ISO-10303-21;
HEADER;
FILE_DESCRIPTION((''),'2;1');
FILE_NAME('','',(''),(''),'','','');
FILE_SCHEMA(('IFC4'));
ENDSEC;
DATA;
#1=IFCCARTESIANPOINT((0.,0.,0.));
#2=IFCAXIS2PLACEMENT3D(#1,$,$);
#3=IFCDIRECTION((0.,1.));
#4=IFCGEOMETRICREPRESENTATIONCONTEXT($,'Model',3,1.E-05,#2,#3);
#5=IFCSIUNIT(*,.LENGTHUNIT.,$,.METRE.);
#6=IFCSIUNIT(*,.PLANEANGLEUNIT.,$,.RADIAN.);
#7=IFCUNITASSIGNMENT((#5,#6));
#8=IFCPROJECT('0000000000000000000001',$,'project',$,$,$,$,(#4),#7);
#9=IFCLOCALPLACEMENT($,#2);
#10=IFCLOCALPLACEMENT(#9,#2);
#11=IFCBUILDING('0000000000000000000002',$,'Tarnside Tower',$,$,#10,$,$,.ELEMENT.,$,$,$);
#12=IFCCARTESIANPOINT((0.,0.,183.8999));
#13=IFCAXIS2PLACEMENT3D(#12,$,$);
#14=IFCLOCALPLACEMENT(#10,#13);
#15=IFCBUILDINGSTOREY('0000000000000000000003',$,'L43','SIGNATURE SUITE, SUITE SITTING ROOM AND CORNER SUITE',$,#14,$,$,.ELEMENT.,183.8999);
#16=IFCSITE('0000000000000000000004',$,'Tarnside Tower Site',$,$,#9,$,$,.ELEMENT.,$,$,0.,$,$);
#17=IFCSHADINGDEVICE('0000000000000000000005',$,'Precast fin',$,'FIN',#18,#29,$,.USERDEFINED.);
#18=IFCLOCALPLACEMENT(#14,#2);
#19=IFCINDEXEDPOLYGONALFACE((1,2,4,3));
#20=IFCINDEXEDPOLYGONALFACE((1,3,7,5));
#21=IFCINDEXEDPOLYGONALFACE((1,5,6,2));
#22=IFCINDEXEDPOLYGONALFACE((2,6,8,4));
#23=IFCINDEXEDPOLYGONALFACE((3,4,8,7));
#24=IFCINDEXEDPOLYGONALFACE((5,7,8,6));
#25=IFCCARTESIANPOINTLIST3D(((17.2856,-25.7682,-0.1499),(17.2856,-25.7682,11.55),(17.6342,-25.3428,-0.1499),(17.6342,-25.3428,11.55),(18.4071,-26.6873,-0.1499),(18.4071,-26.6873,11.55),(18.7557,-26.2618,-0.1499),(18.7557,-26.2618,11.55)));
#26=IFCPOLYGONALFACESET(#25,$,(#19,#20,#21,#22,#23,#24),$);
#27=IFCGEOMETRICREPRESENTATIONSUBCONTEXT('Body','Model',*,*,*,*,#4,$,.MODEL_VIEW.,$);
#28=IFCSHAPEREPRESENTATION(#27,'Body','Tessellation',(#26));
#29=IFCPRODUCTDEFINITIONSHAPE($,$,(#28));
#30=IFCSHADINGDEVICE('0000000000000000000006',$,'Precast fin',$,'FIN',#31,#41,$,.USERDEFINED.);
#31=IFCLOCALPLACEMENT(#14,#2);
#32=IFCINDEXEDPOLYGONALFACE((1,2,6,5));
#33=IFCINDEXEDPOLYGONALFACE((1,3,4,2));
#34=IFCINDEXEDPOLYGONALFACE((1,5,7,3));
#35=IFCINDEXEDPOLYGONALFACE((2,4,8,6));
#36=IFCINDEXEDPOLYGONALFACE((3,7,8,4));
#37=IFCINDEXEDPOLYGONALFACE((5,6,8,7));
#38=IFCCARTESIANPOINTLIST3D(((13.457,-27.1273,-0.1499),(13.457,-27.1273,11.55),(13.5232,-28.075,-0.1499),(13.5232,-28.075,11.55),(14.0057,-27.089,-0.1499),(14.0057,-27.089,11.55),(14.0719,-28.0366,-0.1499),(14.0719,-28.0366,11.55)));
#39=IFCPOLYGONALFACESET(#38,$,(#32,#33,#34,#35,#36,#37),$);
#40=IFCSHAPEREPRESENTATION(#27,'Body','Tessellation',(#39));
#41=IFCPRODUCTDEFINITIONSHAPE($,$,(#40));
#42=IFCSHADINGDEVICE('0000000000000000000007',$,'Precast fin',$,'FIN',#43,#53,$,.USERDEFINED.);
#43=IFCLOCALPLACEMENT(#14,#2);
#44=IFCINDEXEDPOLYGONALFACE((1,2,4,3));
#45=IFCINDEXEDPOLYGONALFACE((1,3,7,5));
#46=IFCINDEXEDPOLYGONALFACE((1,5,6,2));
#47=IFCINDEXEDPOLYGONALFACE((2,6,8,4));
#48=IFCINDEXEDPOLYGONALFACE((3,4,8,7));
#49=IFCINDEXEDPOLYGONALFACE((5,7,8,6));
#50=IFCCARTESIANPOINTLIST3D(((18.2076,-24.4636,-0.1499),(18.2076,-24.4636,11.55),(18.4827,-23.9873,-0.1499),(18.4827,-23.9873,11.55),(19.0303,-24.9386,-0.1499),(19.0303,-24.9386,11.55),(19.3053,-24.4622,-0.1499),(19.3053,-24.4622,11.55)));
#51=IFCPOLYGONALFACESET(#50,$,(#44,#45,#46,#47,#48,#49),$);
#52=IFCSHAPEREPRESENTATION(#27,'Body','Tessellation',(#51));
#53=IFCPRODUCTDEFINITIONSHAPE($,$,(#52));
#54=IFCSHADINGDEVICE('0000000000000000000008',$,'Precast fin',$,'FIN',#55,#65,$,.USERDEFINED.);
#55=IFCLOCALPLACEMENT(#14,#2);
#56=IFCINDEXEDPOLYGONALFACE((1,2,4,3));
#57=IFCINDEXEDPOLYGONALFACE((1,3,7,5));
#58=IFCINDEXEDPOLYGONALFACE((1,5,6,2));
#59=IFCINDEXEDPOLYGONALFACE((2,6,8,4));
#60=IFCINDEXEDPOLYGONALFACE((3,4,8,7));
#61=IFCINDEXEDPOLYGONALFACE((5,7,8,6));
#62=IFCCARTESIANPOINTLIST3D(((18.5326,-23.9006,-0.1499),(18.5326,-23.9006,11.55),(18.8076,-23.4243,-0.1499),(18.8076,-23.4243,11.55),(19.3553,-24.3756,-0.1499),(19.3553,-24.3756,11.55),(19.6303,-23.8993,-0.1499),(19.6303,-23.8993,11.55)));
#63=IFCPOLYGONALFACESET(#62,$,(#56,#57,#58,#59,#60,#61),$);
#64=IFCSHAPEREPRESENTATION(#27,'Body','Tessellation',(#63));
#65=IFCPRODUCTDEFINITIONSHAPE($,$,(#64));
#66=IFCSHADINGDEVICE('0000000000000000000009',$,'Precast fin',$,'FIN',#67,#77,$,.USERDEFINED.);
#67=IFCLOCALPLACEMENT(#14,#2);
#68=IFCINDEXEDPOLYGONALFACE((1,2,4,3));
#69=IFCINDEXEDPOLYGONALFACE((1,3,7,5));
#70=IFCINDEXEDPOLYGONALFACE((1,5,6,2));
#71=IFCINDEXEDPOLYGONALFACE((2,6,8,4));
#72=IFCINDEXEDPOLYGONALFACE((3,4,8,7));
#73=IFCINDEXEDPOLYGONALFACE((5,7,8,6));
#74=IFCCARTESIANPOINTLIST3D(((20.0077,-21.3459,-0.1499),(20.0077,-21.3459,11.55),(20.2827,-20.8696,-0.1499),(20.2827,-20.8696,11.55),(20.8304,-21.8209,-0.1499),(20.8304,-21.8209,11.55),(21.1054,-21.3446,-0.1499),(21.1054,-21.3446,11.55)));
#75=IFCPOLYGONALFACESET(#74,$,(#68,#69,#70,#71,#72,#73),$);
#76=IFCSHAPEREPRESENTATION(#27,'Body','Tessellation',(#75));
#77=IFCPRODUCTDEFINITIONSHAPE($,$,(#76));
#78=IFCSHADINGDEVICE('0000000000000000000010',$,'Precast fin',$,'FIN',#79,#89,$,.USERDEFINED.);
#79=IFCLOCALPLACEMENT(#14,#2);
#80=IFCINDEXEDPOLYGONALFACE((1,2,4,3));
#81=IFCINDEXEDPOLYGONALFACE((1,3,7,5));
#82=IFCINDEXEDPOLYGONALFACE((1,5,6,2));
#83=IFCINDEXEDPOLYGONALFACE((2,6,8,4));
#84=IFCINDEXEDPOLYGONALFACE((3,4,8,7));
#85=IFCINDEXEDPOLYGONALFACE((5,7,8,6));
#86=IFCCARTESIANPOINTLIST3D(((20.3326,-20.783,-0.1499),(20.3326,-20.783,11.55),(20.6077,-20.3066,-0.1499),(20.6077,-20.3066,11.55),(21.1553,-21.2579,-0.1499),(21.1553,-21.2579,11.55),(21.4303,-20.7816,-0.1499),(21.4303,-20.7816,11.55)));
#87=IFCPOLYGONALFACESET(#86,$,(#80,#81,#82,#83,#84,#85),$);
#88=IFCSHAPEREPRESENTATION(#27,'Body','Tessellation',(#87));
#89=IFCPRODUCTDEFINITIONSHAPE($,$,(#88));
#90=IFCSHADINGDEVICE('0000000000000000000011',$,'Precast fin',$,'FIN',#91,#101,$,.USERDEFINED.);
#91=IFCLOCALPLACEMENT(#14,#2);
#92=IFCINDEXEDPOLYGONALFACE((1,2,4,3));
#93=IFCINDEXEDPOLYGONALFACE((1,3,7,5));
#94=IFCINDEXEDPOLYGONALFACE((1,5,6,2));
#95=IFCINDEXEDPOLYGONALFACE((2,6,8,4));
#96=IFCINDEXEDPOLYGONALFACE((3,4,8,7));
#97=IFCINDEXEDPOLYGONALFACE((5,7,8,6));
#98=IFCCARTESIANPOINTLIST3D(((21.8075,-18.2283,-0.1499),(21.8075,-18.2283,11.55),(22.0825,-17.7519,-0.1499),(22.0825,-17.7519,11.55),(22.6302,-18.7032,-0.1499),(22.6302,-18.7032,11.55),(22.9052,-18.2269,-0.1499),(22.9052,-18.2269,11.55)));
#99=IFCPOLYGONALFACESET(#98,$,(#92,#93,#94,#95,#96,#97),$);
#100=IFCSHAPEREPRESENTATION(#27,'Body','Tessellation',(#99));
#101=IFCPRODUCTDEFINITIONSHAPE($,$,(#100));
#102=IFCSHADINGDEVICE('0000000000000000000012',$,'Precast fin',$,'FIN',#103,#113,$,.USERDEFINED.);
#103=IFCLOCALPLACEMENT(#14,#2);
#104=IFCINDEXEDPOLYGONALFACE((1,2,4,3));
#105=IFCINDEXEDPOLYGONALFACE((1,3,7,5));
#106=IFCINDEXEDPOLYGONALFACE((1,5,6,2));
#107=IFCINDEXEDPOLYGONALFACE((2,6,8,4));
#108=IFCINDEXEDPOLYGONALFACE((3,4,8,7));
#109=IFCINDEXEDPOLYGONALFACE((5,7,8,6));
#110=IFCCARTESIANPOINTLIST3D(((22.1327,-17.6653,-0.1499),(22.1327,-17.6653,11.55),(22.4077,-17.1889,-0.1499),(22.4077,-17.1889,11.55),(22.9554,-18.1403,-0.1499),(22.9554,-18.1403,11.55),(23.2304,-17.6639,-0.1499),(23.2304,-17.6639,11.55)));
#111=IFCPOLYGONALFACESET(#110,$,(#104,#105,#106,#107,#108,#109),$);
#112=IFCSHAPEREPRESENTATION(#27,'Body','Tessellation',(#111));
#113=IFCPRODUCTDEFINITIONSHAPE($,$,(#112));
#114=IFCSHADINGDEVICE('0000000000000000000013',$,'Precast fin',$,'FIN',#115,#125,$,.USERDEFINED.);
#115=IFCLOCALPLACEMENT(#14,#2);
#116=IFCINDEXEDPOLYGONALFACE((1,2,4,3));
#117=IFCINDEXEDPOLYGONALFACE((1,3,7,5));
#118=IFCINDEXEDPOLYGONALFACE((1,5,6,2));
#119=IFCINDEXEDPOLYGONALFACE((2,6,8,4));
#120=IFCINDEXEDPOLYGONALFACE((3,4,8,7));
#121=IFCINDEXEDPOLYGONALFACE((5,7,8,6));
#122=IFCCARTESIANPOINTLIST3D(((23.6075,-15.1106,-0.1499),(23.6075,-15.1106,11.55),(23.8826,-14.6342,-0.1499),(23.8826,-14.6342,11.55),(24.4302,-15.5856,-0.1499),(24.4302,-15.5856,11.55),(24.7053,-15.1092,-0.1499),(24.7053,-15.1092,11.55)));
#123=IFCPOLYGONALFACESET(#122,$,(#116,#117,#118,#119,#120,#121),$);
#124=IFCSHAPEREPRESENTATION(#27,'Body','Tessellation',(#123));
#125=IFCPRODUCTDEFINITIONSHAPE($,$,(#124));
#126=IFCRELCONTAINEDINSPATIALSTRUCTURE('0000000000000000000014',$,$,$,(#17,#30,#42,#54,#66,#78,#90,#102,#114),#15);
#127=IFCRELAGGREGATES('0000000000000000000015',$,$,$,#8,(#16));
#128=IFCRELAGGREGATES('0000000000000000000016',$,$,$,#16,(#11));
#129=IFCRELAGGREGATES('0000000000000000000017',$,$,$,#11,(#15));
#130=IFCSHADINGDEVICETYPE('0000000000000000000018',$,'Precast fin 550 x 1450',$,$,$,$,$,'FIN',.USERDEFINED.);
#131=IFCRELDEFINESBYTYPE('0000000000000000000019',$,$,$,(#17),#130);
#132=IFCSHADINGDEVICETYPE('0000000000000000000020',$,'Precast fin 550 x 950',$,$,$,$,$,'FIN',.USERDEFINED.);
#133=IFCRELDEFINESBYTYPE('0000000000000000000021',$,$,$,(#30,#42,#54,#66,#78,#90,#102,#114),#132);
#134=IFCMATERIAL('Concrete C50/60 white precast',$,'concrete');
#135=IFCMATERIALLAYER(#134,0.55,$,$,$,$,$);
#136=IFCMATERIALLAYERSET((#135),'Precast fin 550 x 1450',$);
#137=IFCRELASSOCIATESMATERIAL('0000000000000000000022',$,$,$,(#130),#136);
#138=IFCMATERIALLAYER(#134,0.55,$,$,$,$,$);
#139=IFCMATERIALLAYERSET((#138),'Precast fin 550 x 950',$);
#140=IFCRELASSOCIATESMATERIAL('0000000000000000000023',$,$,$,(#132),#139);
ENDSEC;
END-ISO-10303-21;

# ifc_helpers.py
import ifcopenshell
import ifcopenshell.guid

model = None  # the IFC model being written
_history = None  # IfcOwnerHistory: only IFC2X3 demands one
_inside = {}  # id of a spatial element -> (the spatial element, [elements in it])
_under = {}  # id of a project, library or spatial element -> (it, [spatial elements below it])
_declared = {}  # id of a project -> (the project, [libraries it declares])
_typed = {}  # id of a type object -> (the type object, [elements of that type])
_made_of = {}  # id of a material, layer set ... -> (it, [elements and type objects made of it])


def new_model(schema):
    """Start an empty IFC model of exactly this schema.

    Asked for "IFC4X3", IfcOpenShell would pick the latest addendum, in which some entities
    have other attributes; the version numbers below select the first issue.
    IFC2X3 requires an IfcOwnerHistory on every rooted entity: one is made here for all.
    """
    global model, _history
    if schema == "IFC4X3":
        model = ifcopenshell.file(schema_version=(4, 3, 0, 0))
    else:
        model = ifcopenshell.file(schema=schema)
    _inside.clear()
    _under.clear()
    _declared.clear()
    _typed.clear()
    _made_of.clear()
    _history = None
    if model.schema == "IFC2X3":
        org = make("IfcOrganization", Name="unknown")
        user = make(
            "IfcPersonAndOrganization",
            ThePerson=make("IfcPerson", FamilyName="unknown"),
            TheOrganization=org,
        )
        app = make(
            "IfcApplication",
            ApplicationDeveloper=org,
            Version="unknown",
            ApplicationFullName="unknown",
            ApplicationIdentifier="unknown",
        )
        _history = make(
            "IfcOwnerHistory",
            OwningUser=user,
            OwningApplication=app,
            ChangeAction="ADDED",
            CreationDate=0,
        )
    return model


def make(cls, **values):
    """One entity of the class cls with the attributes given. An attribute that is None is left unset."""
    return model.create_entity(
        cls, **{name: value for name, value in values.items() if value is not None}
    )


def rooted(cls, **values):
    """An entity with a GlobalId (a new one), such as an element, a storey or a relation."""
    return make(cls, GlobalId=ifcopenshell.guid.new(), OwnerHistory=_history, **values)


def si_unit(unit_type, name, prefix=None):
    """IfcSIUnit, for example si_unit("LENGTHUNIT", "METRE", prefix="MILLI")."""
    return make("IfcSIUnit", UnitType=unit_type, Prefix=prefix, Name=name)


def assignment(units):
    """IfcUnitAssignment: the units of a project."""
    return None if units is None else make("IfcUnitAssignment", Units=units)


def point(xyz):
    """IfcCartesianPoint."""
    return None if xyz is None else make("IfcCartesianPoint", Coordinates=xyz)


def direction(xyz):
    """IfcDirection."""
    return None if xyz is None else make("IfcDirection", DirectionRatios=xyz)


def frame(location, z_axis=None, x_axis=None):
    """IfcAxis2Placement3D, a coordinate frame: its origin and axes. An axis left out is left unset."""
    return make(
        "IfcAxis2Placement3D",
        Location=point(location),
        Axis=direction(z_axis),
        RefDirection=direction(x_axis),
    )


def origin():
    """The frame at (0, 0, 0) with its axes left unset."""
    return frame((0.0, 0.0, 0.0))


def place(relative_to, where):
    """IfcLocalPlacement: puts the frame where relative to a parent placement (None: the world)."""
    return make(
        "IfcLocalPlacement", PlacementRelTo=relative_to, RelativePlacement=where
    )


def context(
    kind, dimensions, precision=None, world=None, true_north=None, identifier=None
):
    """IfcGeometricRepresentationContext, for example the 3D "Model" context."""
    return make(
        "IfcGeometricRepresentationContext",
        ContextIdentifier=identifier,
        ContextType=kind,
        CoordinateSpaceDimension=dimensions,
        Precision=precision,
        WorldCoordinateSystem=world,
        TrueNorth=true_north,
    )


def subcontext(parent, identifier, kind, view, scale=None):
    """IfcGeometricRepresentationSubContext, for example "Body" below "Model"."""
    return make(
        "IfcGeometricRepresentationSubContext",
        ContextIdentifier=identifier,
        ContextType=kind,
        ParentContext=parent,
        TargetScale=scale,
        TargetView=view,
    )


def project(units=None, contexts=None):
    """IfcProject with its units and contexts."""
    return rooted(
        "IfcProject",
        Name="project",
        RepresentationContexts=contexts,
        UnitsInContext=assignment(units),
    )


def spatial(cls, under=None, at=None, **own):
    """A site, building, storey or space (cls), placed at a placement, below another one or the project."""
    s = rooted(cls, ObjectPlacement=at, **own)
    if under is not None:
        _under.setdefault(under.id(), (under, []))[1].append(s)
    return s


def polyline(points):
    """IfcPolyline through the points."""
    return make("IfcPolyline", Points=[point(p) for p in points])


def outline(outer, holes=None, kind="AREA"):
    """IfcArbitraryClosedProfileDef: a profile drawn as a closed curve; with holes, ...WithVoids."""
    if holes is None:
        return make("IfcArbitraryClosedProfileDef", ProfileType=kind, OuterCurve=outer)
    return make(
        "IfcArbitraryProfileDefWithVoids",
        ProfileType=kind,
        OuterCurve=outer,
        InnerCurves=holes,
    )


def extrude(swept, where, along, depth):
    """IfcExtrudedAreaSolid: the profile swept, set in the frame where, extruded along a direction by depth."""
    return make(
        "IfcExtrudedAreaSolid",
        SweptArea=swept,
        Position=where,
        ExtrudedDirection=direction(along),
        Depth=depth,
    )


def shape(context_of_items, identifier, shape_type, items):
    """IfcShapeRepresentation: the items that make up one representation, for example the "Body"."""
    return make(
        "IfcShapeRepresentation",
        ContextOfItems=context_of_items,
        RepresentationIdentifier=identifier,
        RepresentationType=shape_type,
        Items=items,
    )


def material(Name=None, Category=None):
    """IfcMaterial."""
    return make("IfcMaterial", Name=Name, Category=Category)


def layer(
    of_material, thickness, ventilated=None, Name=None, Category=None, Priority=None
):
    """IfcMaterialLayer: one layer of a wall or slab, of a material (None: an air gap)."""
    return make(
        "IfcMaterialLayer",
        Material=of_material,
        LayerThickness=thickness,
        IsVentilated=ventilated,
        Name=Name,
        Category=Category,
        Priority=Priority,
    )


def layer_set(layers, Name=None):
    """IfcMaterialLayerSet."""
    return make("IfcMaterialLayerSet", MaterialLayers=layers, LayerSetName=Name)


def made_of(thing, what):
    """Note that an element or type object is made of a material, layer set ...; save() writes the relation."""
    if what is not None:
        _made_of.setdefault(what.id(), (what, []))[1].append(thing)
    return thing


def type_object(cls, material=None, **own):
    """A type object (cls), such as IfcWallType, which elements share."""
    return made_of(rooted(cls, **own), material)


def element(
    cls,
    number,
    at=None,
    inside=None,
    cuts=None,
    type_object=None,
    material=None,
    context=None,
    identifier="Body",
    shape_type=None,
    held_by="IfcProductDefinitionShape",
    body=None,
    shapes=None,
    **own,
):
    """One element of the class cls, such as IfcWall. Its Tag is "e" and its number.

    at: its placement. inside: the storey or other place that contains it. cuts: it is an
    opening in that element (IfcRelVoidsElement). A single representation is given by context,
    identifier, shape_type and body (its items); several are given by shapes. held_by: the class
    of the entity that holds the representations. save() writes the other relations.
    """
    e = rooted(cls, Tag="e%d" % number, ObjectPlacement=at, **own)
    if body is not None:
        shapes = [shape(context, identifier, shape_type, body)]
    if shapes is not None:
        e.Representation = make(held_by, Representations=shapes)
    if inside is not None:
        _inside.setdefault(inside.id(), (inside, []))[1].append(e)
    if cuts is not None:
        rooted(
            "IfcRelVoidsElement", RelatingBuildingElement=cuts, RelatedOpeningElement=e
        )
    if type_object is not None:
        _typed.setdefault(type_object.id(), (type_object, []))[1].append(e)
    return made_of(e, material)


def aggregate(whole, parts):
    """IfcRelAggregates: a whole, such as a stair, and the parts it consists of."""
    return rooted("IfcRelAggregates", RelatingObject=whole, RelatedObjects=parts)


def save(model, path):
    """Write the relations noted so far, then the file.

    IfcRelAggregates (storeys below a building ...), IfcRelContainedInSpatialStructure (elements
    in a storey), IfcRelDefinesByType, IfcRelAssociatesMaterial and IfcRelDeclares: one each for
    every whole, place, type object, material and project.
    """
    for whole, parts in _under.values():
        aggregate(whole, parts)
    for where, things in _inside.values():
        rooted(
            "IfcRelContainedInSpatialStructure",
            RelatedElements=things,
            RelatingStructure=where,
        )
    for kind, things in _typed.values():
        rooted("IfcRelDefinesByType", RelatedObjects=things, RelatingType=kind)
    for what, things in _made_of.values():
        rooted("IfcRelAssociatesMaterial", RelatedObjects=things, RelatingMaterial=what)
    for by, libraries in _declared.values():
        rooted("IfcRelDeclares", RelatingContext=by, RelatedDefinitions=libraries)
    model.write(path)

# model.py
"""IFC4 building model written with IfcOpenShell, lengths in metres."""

from ifc_helpers import new_model, si_unit, direction, frame, origin, place, context, subcontext, project, spatial, polyline, outline, extrude, material, layer, layer_set, type_object, element, save


model = new_model("IFC4")

# Units and contexts
model_context = context("Model", 3, precision=1e-05, world=origin(), true_north=direction((0.0, 1.0)))
body_context = subcontext(model_context, "Body", "Model", "MODEL_VIEW")
ifc_project = project(units=[si_unit("LENGTHUNIT", "METRE"), si_unit("PLANEANGLEUNIT", "RADIAN")], contexts=[model_context])

# Site, building, storey
site_placement = place(None, origin())
site = spatial("IfcSite", under=ifc_project, at=site_placement, Name="Tarnside Tower Site", CompositionType="ELEMENT", RefElevation=0.0)
building_placement = place(site_placement, origin())
building = spatial("IfcBuilding", under=site, at=building_placement, Name="Tarnside Tower", CompositionType="ELEMENT")
storey_placement = place(building_placement, frame((0.0, 0.0, 183.8999)))
storey = spatial("IfcBuildingStorey", under=building, at=storey_placement, Name="L43", Description="SIGNATURE SUITE, SUITE SITTING ROOM AND CORNER SUITE", CompositionType="ELEMENT", Elevation=183.8999)

# Shading devices
ifc_material_1 = material(Name="Concrete C50/60 white precast", Category="concrete")
ifc_layer_1 = layer(ifc_material_1, 0.55)
ifc_layer_set_1 = layer_set([ifc_layer_1], Name="Precast fin 550 x 1450")
shading_device_type_1 = type_object("IfcShadingDeviceType", Name="Precast fin 550 x 1450", ElementType="FIN", PredefinedType="USERDEFINED", material=ifc_layer_set_1)
for number, where, z_axis, x_axis, name in (
    (1, (17.46, -25.5554, -0.1499), (-0.633831, -0.773472, 0.0), (0.773472, -0.633831, 0.0), "Precast fin"),
):
    element("IfcShadingDevice", number, at=place(storey_placement, frame(where, z_axis=z_axis, x_axis=x_axis)), inside=storey, type_object=shading_device_type_1, Name=name, ObjectType="FIN", PredefinedType="USERDEFINED", context=body_context, shape_type="SweptSolid", body=[
        extrude(outline(polyline([(0.0, 0.0), (1.45, 0.0), (1.45, 11.7), (0.0, 11.7), (0.0, 0.0)])), frame((0.0, 0.0, -0.2749)), (0.0, 0.0, 1.0), 0.55),
    ])
ifc_layer_2 = layer(ifc_material_1, 0.55)
ifc_layer_set_2 = layer_set([ifc_layer_2], Name="Precast fin 550 x 950")
shading_device_type_2 = type_object("IfcShadingDeviceType", Name="Precast fin 550 x 950", ElementType="FIN", PredefinedType="USERDEFINED", material=ifc_layer_set_2)
for number, where, z_axis, x_axis, name in (
    (2, (13.7314, -27.1082, -0.1499), (-0.997564, -0.069756, 0.0), (0.069756, -0.997564, 0.0), "Precast fin"),
    (3, (18.3452, -24.2253, -0.1499), (-0.5, -0.866025, 0.0), (0.866025, -0.5, 0.0), "Precast fin"),
    (4, (18.6702, -23.6624, -0.1499), (-0.5, -0.866025, 0.0), (0.866025, -0.5, 0.0), "Precast fin"),
    (5, (20.1453, -21.1077, -0.1499), (-0.5, -0.866025, 0.0), (0.866025, -0.5, 0.0), "Precast fin"),
    (6, (20.4702, -20.5447, -0.1499), (-0.5, -0.866025, 0.0), (0.866025, -0.5, 0.0), "Precast fin"),
    (7, (21.9451, -17.99, -0.1499), (-0.5, -0.866025, 0.0), (0.866025, -0.5, 0.0), "Precast fin"),
    (8, (22.2703, -17.427, -0.1499), (-0.5, -0.866025, 0.0), (0.866025, -0.5, 0.0), "Precast fin"),
    (9, (23.7451, -14.8723, -0.1499), (-0.5, -0.866025, 0.0), (0.866025, -0.5, 0.0), "Precast fin"),
):
    element("IfcShadingDevice", number, at=place(storey_placement, frame(where, z_axis=z_axis, x_axis=x_axis)), inside=storey, type_object=shading_device_type_2, Name=name, ObjectType="FIN", PredefinedType="USERDEFINED", context=body_context, shape_type="SweptSolid", body=[
        extrude(outline(polyline([(0.0, 0.0), (0.95, 0.0), (0.95, 11.7), (0.0, 11.7), (0.0, 0.0)])), frame((0.0, 0.0, -0.2749)), (0.0, 0.0, 1.0), 0.55),
    ])

save(model, "model.ifc")
